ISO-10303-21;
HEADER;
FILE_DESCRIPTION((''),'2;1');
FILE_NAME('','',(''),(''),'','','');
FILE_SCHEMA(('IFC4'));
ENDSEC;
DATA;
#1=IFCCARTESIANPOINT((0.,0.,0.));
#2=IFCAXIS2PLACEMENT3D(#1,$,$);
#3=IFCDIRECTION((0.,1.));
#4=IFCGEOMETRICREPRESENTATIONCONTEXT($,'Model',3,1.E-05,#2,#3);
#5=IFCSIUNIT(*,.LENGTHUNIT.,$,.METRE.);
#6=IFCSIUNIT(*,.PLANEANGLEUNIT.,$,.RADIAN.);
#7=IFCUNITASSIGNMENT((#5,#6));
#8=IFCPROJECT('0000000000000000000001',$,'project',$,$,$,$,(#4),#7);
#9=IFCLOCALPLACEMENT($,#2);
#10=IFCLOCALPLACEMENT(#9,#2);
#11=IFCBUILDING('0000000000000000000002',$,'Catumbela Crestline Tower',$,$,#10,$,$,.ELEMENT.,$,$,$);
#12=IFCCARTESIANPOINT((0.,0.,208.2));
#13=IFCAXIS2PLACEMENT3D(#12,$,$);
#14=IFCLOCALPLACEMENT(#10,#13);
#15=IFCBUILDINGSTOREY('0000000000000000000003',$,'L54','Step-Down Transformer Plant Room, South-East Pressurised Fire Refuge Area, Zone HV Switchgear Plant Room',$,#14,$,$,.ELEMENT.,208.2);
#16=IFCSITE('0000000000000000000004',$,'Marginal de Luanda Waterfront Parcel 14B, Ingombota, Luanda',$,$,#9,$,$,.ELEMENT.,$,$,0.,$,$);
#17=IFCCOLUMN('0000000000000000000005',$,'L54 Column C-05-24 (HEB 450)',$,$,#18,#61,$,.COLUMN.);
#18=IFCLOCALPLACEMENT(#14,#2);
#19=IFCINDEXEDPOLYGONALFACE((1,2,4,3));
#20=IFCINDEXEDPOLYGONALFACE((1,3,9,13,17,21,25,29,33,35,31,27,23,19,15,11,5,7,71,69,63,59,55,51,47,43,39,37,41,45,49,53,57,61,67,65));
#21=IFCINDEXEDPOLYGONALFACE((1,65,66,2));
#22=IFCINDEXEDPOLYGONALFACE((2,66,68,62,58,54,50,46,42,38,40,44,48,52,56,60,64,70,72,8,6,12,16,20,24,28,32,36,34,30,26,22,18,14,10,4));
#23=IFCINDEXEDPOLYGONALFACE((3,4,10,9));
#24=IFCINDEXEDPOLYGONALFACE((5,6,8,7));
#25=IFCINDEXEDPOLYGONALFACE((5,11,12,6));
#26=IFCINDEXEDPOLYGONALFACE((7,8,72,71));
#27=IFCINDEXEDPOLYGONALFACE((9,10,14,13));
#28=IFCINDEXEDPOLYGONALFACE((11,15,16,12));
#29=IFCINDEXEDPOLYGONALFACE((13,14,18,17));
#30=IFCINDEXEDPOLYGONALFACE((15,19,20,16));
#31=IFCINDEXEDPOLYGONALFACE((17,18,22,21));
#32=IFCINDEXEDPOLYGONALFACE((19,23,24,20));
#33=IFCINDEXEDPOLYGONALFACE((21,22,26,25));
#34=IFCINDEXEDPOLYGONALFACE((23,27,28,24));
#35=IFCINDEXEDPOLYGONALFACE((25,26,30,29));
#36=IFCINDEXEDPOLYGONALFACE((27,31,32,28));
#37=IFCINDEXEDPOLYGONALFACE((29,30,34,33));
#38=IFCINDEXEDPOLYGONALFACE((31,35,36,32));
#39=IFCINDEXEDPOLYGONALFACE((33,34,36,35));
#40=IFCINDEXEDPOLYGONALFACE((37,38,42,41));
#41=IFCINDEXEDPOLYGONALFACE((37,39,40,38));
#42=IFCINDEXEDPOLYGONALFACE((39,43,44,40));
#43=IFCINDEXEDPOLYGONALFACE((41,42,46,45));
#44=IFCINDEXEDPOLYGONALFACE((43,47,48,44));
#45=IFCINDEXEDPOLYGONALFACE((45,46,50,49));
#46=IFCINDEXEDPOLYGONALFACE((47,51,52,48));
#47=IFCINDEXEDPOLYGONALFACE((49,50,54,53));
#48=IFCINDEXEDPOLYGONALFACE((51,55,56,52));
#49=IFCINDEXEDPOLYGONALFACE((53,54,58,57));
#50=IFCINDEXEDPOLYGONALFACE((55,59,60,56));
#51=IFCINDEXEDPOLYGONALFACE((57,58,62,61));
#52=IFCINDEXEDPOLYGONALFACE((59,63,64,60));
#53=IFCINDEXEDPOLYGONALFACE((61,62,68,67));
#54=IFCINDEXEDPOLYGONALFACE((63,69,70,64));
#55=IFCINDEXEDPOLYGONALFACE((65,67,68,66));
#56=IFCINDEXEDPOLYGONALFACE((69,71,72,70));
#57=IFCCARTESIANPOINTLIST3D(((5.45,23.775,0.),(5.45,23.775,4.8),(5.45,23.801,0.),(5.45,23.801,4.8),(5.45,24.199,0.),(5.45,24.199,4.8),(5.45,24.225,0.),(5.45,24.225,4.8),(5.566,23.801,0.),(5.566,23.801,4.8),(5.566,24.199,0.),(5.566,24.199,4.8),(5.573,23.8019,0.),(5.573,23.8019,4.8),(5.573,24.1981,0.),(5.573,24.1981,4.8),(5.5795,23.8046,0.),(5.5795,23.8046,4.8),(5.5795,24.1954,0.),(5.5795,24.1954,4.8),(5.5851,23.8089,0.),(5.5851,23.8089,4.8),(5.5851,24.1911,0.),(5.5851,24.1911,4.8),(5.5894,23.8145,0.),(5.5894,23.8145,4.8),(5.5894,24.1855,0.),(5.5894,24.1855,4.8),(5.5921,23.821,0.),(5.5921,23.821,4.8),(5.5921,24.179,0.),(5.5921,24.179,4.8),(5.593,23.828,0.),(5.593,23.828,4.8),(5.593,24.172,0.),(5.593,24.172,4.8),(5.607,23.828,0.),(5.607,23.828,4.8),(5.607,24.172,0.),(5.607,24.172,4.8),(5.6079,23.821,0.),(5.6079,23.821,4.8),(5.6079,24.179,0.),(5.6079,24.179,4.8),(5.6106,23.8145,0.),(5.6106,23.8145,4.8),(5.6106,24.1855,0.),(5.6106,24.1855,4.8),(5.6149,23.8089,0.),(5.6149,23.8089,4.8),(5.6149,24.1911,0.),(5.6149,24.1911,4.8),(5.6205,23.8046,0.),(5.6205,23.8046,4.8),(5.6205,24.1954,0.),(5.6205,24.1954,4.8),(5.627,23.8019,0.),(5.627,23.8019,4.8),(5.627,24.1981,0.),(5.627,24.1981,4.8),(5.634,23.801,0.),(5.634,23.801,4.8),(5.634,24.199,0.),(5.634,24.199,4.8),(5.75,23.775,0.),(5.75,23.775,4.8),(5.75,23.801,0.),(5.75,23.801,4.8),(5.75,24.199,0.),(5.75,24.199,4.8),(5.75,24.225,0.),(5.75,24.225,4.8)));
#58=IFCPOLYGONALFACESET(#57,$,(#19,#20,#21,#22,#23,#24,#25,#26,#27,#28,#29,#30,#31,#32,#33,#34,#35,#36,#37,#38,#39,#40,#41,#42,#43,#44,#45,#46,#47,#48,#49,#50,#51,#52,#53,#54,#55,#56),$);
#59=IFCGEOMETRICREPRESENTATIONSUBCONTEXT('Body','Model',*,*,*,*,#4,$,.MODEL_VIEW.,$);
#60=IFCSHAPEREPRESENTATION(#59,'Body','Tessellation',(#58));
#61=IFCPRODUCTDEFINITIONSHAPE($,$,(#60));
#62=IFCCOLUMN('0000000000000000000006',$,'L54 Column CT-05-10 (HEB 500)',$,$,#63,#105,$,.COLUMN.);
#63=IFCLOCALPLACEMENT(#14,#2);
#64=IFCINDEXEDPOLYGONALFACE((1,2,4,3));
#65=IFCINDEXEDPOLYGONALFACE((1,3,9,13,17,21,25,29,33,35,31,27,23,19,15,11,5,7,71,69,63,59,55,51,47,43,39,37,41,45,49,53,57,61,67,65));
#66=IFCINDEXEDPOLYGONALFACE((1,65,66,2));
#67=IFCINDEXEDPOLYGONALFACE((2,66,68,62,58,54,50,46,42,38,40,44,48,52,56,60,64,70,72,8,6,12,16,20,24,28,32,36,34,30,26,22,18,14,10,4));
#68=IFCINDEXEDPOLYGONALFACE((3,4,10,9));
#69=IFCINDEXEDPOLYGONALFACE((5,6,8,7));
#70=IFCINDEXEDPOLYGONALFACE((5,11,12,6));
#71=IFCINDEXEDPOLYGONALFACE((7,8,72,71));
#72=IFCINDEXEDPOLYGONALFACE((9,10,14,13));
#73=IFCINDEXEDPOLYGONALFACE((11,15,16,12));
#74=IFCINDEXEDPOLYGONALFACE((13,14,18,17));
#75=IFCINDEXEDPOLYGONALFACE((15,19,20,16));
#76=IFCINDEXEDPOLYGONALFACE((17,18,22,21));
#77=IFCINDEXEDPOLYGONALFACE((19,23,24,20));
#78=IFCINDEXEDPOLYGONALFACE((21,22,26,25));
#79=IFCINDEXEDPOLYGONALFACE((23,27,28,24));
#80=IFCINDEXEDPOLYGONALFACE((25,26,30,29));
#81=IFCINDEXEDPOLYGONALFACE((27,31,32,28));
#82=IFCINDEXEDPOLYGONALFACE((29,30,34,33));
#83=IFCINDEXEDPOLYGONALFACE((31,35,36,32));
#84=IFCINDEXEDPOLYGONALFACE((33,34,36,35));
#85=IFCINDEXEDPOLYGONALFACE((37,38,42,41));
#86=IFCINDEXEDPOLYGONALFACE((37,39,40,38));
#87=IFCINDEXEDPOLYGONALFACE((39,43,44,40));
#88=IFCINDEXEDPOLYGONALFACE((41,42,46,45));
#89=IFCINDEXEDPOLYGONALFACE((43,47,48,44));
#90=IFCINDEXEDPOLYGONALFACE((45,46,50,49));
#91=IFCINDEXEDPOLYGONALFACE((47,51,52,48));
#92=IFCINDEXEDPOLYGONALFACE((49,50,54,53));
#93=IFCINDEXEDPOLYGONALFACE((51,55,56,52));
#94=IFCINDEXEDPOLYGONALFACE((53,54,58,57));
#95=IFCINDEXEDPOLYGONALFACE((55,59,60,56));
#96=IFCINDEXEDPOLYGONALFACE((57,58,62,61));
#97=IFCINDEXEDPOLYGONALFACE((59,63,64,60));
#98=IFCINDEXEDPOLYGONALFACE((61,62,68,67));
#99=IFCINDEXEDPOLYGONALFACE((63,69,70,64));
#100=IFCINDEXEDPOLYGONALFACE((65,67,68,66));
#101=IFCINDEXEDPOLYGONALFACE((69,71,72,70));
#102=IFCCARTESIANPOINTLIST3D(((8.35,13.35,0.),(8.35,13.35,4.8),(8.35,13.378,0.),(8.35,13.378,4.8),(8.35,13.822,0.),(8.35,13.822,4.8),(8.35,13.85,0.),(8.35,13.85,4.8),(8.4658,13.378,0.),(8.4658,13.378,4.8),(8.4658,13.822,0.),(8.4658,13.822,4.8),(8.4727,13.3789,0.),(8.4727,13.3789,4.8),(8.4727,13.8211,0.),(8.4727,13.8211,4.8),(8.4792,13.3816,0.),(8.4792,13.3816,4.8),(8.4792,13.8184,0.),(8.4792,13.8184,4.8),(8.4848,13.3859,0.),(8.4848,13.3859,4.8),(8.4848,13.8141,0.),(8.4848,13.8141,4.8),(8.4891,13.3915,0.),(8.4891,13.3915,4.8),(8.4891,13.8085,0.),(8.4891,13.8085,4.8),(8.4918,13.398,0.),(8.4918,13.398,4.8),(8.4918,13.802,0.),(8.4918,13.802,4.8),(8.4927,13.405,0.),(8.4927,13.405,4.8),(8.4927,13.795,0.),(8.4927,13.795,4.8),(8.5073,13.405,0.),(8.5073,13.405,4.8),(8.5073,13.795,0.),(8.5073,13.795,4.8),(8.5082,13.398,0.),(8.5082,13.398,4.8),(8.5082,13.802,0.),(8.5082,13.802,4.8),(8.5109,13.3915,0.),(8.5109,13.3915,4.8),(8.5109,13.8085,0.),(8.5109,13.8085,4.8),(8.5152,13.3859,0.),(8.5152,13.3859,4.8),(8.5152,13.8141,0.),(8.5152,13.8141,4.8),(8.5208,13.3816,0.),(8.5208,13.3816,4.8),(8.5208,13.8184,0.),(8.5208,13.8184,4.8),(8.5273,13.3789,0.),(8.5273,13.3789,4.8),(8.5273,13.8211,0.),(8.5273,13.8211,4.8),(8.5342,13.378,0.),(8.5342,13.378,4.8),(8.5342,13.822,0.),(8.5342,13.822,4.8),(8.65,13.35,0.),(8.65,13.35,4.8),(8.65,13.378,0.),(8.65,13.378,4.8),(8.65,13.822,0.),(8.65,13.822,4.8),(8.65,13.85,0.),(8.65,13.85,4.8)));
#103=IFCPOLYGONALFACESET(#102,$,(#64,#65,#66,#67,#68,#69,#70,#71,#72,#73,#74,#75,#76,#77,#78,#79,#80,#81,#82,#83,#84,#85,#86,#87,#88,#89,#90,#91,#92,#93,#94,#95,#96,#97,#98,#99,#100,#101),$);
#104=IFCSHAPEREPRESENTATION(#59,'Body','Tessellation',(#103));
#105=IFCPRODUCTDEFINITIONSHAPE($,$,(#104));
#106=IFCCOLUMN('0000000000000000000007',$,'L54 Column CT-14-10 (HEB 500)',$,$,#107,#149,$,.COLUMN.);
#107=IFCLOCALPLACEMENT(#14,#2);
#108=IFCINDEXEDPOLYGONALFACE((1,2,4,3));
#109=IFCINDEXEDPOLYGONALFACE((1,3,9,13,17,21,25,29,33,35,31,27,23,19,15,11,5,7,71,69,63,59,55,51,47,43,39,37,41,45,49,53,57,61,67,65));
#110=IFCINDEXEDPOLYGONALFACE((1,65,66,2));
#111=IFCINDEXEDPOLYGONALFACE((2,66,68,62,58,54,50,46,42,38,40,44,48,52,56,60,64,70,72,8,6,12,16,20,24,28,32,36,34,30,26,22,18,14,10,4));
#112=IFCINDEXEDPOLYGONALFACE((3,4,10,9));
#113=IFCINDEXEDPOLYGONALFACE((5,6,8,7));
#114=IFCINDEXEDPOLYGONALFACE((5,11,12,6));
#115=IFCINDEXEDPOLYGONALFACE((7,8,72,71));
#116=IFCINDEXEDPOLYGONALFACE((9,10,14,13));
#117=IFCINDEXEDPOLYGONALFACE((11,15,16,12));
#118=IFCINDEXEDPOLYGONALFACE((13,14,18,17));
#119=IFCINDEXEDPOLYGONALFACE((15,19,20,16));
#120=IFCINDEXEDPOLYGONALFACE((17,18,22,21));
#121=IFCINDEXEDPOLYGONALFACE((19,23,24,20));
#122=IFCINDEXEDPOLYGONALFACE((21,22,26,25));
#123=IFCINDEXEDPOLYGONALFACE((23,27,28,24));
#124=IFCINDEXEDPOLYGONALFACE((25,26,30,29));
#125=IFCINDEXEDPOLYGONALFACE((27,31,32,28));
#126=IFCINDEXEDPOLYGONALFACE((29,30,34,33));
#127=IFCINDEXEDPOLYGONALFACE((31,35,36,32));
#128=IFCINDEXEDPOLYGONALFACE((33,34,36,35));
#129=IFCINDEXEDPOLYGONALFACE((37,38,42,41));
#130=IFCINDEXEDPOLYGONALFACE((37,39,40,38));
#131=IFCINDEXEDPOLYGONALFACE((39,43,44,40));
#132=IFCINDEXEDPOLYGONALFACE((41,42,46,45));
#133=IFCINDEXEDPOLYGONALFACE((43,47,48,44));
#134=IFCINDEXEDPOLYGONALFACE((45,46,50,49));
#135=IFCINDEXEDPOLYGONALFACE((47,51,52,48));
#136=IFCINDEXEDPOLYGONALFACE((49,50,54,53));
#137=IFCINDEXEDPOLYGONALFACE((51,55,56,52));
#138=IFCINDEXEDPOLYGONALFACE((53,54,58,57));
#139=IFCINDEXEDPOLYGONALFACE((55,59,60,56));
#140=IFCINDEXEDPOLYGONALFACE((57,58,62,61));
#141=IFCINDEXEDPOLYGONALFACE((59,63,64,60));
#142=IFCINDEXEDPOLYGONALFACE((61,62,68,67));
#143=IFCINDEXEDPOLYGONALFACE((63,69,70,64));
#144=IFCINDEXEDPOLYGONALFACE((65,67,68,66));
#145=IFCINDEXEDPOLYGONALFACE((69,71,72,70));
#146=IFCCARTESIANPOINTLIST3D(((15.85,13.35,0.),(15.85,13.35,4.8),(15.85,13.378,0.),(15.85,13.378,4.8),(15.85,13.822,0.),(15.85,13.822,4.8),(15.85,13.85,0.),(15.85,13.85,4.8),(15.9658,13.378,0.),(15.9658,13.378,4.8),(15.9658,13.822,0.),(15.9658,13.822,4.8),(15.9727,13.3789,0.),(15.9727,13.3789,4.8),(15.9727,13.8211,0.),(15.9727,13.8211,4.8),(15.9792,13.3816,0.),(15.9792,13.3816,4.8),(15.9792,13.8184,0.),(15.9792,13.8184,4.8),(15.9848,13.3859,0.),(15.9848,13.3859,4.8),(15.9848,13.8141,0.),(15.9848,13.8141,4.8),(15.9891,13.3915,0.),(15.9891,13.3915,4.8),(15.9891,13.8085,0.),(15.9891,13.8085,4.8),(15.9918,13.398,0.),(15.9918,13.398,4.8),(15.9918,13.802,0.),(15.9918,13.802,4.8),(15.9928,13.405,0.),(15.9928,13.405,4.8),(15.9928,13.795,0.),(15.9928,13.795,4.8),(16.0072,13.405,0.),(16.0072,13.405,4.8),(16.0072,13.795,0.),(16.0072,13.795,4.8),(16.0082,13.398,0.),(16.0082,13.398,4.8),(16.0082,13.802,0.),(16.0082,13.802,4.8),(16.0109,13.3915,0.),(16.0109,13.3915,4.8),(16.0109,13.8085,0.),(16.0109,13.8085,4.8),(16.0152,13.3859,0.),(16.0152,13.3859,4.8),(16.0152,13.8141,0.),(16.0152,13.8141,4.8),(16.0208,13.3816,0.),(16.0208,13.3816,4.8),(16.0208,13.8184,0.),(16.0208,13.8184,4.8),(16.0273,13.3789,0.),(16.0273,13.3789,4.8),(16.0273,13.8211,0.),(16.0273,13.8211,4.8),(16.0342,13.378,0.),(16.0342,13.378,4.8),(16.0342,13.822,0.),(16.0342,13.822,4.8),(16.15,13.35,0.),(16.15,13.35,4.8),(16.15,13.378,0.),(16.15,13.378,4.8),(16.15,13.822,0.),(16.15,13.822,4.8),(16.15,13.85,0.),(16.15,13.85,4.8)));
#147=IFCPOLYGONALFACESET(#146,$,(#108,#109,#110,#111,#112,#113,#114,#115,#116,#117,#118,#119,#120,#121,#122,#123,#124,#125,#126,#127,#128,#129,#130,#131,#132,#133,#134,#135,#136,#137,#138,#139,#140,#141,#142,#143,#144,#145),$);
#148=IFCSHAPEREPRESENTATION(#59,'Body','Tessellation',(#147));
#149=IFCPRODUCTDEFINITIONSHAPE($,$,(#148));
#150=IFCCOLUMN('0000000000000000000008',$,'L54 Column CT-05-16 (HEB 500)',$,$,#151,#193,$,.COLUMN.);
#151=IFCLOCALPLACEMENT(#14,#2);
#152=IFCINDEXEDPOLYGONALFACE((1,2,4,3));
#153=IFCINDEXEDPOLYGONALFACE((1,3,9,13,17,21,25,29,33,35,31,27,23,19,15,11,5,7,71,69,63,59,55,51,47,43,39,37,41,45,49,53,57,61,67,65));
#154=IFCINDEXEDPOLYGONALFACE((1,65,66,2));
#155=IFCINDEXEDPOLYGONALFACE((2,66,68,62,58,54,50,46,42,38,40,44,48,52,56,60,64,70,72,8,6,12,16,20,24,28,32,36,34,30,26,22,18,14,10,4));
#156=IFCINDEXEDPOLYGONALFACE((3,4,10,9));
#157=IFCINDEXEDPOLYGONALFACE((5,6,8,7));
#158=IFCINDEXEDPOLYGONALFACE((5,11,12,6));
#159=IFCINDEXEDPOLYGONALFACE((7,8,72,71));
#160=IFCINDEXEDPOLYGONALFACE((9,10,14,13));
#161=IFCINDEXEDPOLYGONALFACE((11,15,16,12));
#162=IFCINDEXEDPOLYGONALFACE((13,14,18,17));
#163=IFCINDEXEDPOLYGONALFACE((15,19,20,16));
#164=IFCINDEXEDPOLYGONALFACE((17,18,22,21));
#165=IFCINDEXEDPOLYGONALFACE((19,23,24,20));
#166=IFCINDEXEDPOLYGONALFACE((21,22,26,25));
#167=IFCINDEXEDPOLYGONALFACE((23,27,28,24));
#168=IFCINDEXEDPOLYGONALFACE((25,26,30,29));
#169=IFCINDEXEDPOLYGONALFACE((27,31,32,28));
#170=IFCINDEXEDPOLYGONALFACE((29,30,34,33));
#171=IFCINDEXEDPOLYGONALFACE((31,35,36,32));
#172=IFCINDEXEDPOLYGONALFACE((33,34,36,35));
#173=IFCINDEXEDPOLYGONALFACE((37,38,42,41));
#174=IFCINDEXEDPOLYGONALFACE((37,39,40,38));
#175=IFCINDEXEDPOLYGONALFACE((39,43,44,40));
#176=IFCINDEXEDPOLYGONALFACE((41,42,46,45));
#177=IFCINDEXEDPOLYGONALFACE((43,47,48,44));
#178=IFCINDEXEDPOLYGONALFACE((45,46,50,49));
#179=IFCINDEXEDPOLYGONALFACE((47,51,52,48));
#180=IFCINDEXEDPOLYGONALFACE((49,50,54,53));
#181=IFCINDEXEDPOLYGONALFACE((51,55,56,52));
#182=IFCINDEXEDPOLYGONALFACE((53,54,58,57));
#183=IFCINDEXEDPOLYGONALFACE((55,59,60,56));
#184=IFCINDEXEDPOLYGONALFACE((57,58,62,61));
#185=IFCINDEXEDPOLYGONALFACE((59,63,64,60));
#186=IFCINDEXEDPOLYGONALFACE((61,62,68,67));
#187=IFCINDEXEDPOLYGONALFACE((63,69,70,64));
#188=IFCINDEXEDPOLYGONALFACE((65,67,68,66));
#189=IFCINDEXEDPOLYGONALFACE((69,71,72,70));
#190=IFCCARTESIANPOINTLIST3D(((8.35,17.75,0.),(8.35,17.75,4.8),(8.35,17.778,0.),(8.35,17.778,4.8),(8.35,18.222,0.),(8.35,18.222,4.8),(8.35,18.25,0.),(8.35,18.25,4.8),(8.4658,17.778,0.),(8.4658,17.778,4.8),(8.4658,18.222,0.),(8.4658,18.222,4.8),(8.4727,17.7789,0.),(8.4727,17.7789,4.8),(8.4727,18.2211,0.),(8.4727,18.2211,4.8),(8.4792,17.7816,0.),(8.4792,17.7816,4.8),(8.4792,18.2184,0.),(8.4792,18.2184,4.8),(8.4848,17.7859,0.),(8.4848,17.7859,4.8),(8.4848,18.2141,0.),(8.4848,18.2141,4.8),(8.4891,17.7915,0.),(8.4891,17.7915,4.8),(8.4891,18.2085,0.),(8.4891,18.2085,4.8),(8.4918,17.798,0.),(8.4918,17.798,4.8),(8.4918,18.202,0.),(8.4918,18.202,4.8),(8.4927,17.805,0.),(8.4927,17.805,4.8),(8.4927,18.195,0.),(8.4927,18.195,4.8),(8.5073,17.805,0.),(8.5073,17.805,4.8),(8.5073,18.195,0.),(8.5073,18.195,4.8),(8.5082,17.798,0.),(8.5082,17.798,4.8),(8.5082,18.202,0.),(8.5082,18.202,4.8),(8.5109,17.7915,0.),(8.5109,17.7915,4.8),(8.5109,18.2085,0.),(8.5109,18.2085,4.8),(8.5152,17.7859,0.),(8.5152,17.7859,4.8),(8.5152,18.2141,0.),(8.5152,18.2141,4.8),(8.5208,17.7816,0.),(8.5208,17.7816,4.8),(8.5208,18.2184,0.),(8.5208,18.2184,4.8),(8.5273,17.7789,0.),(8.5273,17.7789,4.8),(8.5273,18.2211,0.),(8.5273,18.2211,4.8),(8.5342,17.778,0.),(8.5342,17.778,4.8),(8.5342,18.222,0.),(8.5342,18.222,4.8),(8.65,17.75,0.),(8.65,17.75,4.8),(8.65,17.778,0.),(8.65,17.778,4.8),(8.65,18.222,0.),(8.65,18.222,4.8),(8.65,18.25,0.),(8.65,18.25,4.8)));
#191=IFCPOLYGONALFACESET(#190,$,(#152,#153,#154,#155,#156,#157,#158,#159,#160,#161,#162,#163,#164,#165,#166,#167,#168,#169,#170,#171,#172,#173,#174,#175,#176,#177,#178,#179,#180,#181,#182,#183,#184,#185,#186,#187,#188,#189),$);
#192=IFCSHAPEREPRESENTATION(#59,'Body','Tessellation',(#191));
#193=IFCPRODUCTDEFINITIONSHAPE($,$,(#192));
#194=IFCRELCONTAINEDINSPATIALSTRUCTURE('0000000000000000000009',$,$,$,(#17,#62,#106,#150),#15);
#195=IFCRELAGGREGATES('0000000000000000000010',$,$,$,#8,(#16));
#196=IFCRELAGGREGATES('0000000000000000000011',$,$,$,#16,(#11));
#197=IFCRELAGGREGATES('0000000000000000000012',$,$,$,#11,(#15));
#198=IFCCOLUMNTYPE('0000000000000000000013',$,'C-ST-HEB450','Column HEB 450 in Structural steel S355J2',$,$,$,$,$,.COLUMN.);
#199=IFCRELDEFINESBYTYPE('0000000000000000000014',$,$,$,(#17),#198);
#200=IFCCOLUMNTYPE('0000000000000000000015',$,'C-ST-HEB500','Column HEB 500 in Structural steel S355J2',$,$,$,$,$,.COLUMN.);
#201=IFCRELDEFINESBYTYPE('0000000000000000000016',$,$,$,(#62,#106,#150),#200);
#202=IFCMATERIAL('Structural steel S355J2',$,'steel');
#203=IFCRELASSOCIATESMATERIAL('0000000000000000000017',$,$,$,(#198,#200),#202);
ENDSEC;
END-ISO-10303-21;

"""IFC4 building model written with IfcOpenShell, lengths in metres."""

from ifc_helpers import new_model, si_unit, direction, frame, origin, origin_2d, place, context, subcontext, project, spatial, i_section, extrude, material, material_profile, profile_set, type_object, element, save


model = new_model("IFC4")

# Units and contexts
model_context = context("Model", 3, precision=1e-05, world=origin(), true_north=direction((0.0, 1.0)))
body_context = subcontext(model_context, "Body", "Model", "MODEL_VIEW")
ifc_project = project(units=[si_unit("LENGTHUNIT", "METRE"), si_unit("PLANEANGLEUNIT", "RADIAN")], contexts=[model_context])

# Site, building, storey
site_placement = place(None, origin())
site = spatial("IfcSite", under=ifc_project, at=site_placement, Name="Marginal de Luanda Waterfront Parcel 14B, Ingombota, Luanda", CompositionType="ELEMENT", RefElevation=0.0)
building_placement = place(site_placement, origin())
building = spatial("IfcBuilding", under=site, at=building_placement, Name="Catumbela Crestline Tower", CompositionType="ELEMENT")
storey_placement = place(building_placement, frame((0.0, 0.0, 208.2)))
storey = spatial("IfcBuildingStorey", under=building, at=storey_placement, Name="L54", Description="Step-Down Transformer Plant Room, South-East Pressurised Fire Refuge Area, Zone HV Switchgear Plant Room", CompositionType="ELEMENT", Elevation=208.2)

# Columns
ifc_material_1 = material(Name="Structural steel S355J2", Category="steel")
ifc_material_profile_1 = material_profile(ifc_material_1, i_section(OverallWidth=0.3, OverallDepth=0.45, WebThickness=0.014, FlangeThickness=0.026, FilletRadius=0.027, at=origin_2d()), Name="HEB 450")
ifc_profile_set_1 = profile_set([ifc_material_profile_1], Name="Structural steel S355J2")
column_type_1 = type_object("IfcColumnType", Name="C-ST-HEB450", Description="Column HEB 450 in Structural steel S355J2", PredefinedType="COLUMN", material=ifc_profile_set_1)
column_placement = place(storey_placement, frame((5.6, 24.0, 0.0), z_axis=(0.0, 0.0, 1.0), x_axis=(1.0, 0.0, 0.0)))
element("IfcColumn", 1, at=column_placement, inside=storey, type_object=column_type_1, Name="L54 Column C-05-24 (HEB 450)", PredefinedType="COLUMN", context=body_context, shape_type="SweptSolid", body=[
    extrude(i_section(OverallWidth=0.3, OverallDepth=0.45, WebThickness=0.014, FlangeThickness=0.026, FilletRadius=0.027, at=origin_2d()), origin(), (0.0, 0.0, 1.0), 4.8),
])
ifc_material_profile_2 = material_profile(ifc_material_1, i_section(OverallWidth=0.3, OverallDepth=0.5, WebThickness=0.0145, FlangeThickness=0.028, FilletRadius=0.027, at=origin_2d()), Name="HEB 500")
ifc_profile_set_2 = profile_set([ifc_material_profile_2], Name="Structural steel S355J2")
column_type_2 = type_object("IfcColumnType", Name="C-ST-HEB500", Description="Column HEB 500 in Structural steel S355J2", PredefinedType="COLUMN", material=ifc_profile_set_2)
for number, where, z_axis, x_axis, name in (
    (2, (8.5, 13.6, 0.0), (0.0, 0.0, 1.0), (1.0, 0.0, 0.0), "L54 Column CT-05-10 (HEB 500)"),
    (3, (16.0, 13.6, 0.0), (0.0, 0.0, 1.0), (1.0, 0.0, 0.0), "L54 Column CT-14-10 (HEB 500)"),
    (4, (8.5, 18.0, 0.0), (0.0, 0.0, 1.0), (1.0, 0.0, 0.0), "L54 Column CT-05-16 (HEB 500)"),
):
    element("IfcColumn", number, at=place(storey_placement, frame(where, z_axis=z_axis, x_axis=x_axis)), inside=storey, type_object=column_type_2, Name=name, PredefinedType="COLUMN", context=body_context, shape_type="SweptSolid", body=[
        extrude(i_section(OverallWidth=0.3, OverallDepth=0.5, WebThickness=0.0145, FlangeThickness=0.028, FilletRadius=0.027, at=origin_2d()), origin(), (0.0, 0.0, 1.0), 4.8),
    ])

save(model, "model.ifc")
